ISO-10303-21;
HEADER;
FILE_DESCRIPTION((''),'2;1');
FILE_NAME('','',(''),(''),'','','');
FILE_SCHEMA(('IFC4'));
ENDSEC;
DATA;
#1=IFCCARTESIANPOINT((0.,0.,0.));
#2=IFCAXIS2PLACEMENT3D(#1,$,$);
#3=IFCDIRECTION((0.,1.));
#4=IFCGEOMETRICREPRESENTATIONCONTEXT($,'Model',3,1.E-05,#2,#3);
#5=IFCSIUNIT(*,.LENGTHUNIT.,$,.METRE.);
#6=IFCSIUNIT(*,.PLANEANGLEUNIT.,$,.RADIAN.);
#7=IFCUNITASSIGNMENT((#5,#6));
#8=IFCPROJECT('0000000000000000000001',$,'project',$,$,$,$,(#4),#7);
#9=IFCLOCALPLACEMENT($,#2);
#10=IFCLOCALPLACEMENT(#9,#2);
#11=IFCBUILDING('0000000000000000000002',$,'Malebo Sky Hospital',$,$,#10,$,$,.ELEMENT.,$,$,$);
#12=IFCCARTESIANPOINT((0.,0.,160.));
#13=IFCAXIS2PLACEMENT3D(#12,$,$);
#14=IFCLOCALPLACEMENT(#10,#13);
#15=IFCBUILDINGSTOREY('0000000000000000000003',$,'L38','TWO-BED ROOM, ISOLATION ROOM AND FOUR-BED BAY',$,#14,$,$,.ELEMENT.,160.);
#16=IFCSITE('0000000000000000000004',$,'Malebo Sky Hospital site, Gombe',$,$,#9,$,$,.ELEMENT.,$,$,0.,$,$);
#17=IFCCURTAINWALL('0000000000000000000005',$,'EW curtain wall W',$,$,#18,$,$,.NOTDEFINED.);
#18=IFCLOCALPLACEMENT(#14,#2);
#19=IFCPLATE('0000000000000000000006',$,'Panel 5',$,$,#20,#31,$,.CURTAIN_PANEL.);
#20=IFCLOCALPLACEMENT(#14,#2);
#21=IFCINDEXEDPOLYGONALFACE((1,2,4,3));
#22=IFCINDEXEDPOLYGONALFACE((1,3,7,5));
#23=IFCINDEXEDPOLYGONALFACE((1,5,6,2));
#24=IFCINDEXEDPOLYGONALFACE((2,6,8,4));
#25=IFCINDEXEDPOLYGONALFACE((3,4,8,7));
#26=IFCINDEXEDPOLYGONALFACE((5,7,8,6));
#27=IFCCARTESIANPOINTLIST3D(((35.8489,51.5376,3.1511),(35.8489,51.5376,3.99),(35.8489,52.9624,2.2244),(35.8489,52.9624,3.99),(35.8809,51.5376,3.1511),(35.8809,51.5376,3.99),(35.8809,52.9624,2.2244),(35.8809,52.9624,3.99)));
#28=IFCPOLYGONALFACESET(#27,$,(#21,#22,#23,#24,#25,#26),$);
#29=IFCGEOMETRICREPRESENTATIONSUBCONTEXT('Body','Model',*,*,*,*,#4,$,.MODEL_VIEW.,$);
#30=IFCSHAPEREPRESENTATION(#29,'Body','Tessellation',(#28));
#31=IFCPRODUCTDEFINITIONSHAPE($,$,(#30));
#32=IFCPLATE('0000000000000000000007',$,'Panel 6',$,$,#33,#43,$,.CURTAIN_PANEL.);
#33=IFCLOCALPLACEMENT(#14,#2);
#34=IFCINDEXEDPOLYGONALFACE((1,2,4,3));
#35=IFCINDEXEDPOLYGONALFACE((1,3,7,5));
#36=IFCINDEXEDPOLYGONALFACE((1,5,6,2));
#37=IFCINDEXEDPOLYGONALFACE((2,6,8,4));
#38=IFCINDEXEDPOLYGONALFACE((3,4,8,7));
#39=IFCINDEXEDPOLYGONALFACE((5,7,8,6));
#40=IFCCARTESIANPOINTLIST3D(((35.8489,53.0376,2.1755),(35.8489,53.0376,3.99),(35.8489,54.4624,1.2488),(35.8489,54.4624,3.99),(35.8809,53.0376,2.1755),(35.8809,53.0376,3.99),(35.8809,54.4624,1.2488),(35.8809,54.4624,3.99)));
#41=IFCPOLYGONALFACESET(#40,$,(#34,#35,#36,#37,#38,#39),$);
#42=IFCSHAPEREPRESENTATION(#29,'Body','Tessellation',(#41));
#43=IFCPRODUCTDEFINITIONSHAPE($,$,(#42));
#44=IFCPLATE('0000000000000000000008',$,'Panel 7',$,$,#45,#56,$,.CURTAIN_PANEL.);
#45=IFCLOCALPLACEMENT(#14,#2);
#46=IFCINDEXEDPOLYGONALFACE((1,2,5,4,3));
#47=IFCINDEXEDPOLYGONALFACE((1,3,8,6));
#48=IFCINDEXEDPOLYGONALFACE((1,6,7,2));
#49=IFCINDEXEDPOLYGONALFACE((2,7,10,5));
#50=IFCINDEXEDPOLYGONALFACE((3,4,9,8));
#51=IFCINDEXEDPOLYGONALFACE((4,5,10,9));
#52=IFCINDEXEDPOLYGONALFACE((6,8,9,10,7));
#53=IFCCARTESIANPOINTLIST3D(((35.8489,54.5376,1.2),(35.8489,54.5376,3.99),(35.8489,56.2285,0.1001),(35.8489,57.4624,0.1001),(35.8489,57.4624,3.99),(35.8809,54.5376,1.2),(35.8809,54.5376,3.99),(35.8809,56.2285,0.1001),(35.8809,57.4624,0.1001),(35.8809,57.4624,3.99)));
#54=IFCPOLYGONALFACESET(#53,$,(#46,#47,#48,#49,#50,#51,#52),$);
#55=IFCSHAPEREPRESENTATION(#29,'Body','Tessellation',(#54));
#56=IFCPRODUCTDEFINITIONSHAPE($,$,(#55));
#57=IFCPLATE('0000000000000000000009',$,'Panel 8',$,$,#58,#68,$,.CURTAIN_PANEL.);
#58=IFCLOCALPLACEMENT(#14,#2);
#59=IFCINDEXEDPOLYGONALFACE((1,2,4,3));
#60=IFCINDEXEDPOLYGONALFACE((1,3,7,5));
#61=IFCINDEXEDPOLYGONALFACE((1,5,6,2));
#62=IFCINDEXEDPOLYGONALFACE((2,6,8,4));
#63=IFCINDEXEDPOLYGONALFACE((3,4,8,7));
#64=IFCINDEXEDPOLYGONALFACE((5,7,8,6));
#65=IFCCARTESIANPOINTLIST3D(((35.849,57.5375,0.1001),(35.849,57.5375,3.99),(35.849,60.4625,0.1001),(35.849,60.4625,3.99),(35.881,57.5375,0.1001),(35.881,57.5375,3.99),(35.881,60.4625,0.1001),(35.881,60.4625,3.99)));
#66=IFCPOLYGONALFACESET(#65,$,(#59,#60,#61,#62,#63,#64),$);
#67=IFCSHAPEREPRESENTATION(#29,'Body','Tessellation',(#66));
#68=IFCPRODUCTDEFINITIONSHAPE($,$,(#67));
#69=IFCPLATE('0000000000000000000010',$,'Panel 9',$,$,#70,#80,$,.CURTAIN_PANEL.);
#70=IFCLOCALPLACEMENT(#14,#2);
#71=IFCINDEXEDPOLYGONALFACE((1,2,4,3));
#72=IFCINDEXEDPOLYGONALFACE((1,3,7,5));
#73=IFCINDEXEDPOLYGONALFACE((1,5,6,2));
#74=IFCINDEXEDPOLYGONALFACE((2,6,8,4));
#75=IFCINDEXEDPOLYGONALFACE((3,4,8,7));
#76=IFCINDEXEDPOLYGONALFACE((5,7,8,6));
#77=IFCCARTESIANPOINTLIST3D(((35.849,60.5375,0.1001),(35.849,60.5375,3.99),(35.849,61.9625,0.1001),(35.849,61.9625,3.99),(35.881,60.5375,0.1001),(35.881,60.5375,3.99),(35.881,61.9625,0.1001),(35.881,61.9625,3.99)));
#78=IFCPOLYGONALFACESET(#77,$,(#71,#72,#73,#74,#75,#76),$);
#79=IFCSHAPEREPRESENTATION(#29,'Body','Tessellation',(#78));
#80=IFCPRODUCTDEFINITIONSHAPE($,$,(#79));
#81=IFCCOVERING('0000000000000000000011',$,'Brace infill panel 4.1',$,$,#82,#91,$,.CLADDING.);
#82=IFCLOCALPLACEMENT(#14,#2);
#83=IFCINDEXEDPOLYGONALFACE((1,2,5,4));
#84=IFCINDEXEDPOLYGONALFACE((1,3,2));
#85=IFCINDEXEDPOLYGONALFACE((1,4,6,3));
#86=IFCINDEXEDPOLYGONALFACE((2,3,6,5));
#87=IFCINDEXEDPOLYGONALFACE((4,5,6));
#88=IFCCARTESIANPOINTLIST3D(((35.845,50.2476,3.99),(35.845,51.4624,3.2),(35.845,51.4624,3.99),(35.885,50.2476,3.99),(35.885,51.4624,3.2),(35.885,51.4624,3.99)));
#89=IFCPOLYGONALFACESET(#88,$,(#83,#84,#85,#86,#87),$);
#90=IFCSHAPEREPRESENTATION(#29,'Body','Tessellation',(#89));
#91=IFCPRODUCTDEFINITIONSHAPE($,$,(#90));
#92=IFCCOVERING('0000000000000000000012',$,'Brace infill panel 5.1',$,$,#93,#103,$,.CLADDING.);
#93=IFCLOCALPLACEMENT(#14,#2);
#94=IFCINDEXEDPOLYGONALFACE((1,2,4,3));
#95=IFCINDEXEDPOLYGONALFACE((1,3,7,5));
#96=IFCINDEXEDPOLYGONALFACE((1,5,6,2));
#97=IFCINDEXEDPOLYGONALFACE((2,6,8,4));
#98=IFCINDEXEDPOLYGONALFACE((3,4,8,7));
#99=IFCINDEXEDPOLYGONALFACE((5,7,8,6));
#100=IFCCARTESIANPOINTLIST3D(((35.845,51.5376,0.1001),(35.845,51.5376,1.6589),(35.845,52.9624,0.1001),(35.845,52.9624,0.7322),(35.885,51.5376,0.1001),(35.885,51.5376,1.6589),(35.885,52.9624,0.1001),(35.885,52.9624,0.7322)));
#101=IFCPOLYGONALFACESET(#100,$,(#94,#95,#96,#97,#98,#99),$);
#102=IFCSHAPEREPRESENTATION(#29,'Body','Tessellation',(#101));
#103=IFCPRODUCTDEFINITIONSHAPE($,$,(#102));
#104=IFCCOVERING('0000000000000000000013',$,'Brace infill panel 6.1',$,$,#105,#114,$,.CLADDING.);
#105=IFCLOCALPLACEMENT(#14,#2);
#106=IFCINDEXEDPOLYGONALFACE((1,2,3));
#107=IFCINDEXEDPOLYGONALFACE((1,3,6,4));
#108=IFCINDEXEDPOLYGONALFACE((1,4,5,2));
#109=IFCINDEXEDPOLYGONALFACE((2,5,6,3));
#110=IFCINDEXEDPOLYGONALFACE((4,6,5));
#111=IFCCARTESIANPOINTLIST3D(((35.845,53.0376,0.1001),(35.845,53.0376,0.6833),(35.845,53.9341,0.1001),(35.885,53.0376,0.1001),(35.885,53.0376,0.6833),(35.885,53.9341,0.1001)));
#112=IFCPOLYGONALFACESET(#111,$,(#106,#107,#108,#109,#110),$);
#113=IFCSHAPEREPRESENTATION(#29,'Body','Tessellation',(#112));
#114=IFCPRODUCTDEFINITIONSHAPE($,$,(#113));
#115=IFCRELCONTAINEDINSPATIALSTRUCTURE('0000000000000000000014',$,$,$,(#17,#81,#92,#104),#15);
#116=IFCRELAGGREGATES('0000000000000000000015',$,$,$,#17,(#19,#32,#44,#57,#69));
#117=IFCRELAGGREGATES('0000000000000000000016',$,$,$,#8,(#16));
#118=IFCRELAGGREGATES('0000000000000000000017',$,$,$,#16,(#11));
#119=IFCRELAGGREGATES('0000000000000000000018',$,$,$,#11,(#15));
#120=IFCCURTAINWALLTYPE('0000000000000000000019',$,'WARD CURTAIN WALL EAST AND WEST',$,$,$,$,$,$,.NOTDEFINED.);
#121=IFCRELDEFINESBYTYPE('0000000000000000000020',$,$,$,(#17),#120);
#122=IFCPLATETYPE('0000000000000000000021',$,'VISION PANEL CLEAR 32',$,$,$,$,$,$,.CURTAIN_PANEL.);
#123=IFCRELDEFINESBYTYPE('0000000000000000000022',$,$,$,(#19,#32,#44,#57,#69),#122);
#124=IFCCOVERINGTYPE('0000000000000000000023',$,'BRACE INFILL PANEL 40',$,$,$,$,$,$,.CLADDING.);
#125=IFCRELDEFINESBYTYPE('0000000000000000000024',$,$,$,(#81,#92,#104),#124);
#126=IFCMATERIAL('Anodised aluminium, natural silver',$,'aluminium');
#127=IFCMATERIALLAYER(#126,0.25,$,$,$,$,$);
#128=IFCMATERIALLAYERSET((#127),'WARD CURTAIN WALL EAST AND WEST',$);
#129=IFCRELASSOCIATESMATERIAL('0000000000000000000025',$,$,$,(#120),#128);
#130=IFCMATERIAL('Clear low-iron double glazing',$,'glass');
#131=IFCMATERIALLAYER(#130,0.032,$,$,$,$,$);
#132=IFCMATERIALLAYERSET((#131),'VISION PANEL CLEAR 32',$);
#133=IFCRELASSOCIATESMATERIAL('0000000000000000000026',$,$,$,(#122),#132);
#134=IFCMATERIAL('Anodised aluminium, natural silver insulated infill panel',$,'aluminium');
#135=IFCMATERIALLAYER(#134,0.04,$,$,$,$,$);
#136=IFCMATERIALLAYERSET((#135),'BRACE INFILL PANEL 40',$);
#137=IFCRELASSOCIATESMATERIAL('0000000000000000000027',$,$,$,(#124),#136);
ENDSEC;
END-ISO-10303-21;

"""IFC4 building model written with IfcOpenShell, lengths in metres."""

from ifc_helpers import new_model, si_unit, direction, frame, origin, origin_2d, place, context, subcontext, project, spatial, polyline, rectangle, outline, extrude, material, layer, layer_set, type_object, element, aggregate, save


model = new_model("IFC4")

# Units and contexts
model_context = context("Model", 3, precision=1e-05, world=origin(), true_north=direction((0.0, 1.0)))
body_context = subcontext(model_context, "Body", "Model", "MODEL_VIEW")
ifc_project = project(units=[si_unit("LENGTHUNIT", "METRE"), si_unit("PLANEANGLEUNIT", "RADIAN")], contexts=[model_context])

# Site, building, storey
site_placement = place(None, origin())
site = spatial("IfcSite", under=ifc_project, at=site_placement, Name="Malebo Sky Hospital site, Gombe", CompositionType="ELEMENT", RefElevation=0.0)
building_placement = place(site_placement, origin())
building = spatial("IfcBuilding", under=site, at=building_placement, Name="Malebo Sky Hospital", CompositionType="ELEMENT")
storey_placement = place(building_placement, frame((0.0, 0.0, 160.0)))
storey = spatial("IfcBuildingStorey", under=building, at=storey_placement, Name="L38", Description="TWO-BED ROOM, ISOLATION ROOM AND FOUR-BED BAY", CompositionType="ELEMENT", Elevation=160.0)

# Curtain wall
ifc_material_1 = material(Name="Anodised aluminium, natural silver", Category="aluminium")
ifc_layer_1 = layer(ifc_material_1, 0.25)
ifc_layer_set_1 = layer_set([ifc_layer_1], Name="WARD CURTAIN WALL EAST AND WEST")
curtain_wall_type = type_object("IfcCurtainWallType", Name="WARD CURTAIN WALL EAST AND WEST", PredefinedType="NOTDEFINED", material=ifc_layer_set_1)
curtain_wall_placement = place(storey_placement, origin())
curtain_wall = element("IfcCurtainWall", 1, at=curtain_wall_placement, inside=storey, type_object=curtain_wall_type, Name="EW curtain wall W", PredefinedType="NOTDEFINED")

# Plates
ifc_material_2 = material(Name="Clear low-iron double glazing", Category="glass")
ifc_layer_2 = layer(ifc_material_2, 0.032)
ifc_layer_set_2 = layer_set([ifc_layer_2], Name="VISION PANEL CLEAR 32")
plate_type = type_object("IfcPlateType", Name="VISION PANEL CLEAR 32", PredefinedType="CURTAIN_PANEL", material=ifc_layer_set_2)
plate_1_placement = place(storey_placement, frame((35.865, 52.25, 2.2244), z_axis=(0.0, 0.0, 1.0), x_axis=(0.0, 1.0, 0.0)))
plate_1 = element("IfcPlate", 2, at=plate_1_placement, type_object=plate_type, Name="Panel 5", PredefinedType="CURTAIN_PANEL", context=body_context, shape_type="SweptSolid", body=[
    extrude(outline(polyline([(0.7124, 0.0), (0.7124, 1.7656), (-0.7124, 1.7656), (-0.7124, 0.9268), (0.7124, 0.0)])), frame((0.0, 0.0161, 0.0), z_axis=(0.0, -1.0, 0.0), x_axis=(1.0, 0.0, 0.0)), (0.0, 0.0, 1.0), 0.032),
])
plate_2_placement = place(storey_placement, frame((35.865, 53.75, 1.2488), z_axis=(0.0, 0.0, 1.0), x_axis=(0.0, 1.0, 0.0)))
plate_2 = element("IfcPlate", 3, at=plate_2_placement, type_object=plate_type, Name="Panel 6", PredefinedType="CURTAIN_PANEL", context=body_context, shape_type="SweptSolid", body=[
    extrude(outline(polyline([(0.7124, 0.0), (0.7124, 2.7412), (-0.7124, 2.7412), (-0.7124, 0.9268), (0.7124, 0.0)])), frame((0.0, 0.0161, 0.0), z_axis=(0.0, -1.0, 0.0), x_axis=(1.0, 0.0, 0.0)), (0.0, 0.0, 1.0), 0.032),
])
plate_3_placement = place(storey_placement, frame((35.865, 56.0, 0.1001), z_axis=(0.0, 0.0, 1.0), x_axis=(0.0, 1.0, 0.0)))
plate_3 = element("IfcPlate", 4, at=plate_3_placement, type_object=plate_type, Name="Panel 7", PredefinedType="CURTAIN_PANEL", context=body_context, shape_type="SweptSolid", body=[
    extrude(outline(polyline([(0.2285, 0.0), (1.4624, 0.0), (1.4624, 3.8899), (-1.4624, 3.8899), (-1.4624, 1.0999), (0.2285, 0.0)])), frame((0.0, 0.0161, 0.0), z_axis=(0.0, -1.0, 0.0), x_axis=(1.0, 0.0, 0.0)), (0.0, 0.0, 1.0), 0.032),
])
plate_4_placement = place(storey_placement, frame((35.865, 59.0, 0.1001), z_axis=(0.0, 0.0, 1.0), x_axis=(0.0, 1.0, 0.0)))
plate_4 = element("IfcPlate", 5, at=plate_4_placement, type_object=plate_type, Name="Panel 8", PredefinedType="CURTAIN_PANEL", context=body_context, shape_type="SweptSolid", body=[
    extrude(rectangle(XDim=2.925, YDim=0.032, at=origin_2d()), origin(), (0.0, 0.0, 1.0), 3.8899),
])
plate_5_placement = place(storey_placement, frame((35.865, 61.25, 0.1001), z_axis=(0.0, 0.0, 1.0), x_axis=(0.0, 1.0, 0.0)))
plate_5 = element("IfcPlate", 6, at=plate_5_placement, type_object=plate_type, Name="Panel 9", PredefinedType="CURTAIN_PANEL", context=body_context, shape_type="SweptSolid", body=[
    extrude(rectangle(XDim=1.425, YDim=0.032, at=origin_2d()), origin(), (0.0, 0.0, 1.0), 3.8899),
])
aggregate(curtain_wall, [plate_1, plate_2, plate_3, plate_4, plate_5])

# Coverings
ifc_material_3 = material(Name="Anodised aluminium, natural silver insulated infill panel", Category="aluminium")
ifc_layer_3 = layer(ifc_material_3, 0.04)
ifc_layer_set_3 = layer_set([ifc_layer_3], Name="BRACE INFILL PANEL 40")
covering_type = type_object("IfcCoveringType", Name="BRACE INFILL PANEL 40", PredefinedType="CLADDING", material=ifc_layer_set_3)
covering_1_placement = place(storey_placement, frame((35.865, 50.855, 3.2), z_axis=(0.0, 0.0, 1.0), x_axis=(0.0, 1.0, 0.0)))
element("IfcCovering", 7, at=covering_1_placement, inside=storey, type_object=covering_type, Name="Brace infill panel 4.1", PredefinedType="CLADDING", context=body_context, shape_type="SweptSolid", body=[
    extrude(outline(polyline([(0.6074, 0.0), (0.6074, 0.79), (-0.6074, 0.79), (0.6074, 0.0)])), frame((0.0, 0.02, 0.0), z_axis=(0.0, -1.0, 0.0), x_axis=(1.0, 0.0, 0.0)), (0.0, 0.0, 1.0), 0.04),
])
covering_2_placement = place(storey_placement, frame((35.865, 52.25, 0.1001), z_axis=(0.0, 0.0, 1.0), x_axis=(0.0, 1.0, 0.0)))
element("IfcCovering", 8, at=covering_2_placement, inside=storey, type_object=covering_type, Name="Brace infill panel 5.1", PredefinedType="CLADDING", context=body_context, shape_type="SweptSolid", body=[
    extrude(outline(polyline([(-0.7124, 0.0), (0.7124, 0.0), (0.7124, 0.6321), (-0.7124, 1.5588), (-0.7124, 0.0)])), frame((0.0, 0.02, 0.0), z_axis=(0.0, -1.0, 0.0), x_axis=(1.0, 0.0, 0.0)), (0.0, 0.0, 1.0), 0.04),
])
covering_3_placement = place(storey_placement, frame((35.865, 53.4858, 0.1001), z_axis=(0.0, 0.0, 1.0), x_axis=(0.0, 1.0, 0.0)))
element("IfcCovering", 9, at=covering_3_placement, inside=storey, type_object=covering_type, Name="Brace infill panel 6.1", PredefinedType="CLADDING", context=body_context, shape_type="SweptSolid", body=[
    extrude(outline(polyline([(-0.4482, 0.0), (0.4482, 0.0), (-0.4482, 0.5833), (-0.4482, 0.0)])), frame((0.0, 0.02, 0.0), z_axis=(0.0, -1.0, 0.0), x_axis=(1.0, 0.0, 0.0)), (0.0, 0.0, 1.0), 0.04),
])

save(model, "model.ifc")
